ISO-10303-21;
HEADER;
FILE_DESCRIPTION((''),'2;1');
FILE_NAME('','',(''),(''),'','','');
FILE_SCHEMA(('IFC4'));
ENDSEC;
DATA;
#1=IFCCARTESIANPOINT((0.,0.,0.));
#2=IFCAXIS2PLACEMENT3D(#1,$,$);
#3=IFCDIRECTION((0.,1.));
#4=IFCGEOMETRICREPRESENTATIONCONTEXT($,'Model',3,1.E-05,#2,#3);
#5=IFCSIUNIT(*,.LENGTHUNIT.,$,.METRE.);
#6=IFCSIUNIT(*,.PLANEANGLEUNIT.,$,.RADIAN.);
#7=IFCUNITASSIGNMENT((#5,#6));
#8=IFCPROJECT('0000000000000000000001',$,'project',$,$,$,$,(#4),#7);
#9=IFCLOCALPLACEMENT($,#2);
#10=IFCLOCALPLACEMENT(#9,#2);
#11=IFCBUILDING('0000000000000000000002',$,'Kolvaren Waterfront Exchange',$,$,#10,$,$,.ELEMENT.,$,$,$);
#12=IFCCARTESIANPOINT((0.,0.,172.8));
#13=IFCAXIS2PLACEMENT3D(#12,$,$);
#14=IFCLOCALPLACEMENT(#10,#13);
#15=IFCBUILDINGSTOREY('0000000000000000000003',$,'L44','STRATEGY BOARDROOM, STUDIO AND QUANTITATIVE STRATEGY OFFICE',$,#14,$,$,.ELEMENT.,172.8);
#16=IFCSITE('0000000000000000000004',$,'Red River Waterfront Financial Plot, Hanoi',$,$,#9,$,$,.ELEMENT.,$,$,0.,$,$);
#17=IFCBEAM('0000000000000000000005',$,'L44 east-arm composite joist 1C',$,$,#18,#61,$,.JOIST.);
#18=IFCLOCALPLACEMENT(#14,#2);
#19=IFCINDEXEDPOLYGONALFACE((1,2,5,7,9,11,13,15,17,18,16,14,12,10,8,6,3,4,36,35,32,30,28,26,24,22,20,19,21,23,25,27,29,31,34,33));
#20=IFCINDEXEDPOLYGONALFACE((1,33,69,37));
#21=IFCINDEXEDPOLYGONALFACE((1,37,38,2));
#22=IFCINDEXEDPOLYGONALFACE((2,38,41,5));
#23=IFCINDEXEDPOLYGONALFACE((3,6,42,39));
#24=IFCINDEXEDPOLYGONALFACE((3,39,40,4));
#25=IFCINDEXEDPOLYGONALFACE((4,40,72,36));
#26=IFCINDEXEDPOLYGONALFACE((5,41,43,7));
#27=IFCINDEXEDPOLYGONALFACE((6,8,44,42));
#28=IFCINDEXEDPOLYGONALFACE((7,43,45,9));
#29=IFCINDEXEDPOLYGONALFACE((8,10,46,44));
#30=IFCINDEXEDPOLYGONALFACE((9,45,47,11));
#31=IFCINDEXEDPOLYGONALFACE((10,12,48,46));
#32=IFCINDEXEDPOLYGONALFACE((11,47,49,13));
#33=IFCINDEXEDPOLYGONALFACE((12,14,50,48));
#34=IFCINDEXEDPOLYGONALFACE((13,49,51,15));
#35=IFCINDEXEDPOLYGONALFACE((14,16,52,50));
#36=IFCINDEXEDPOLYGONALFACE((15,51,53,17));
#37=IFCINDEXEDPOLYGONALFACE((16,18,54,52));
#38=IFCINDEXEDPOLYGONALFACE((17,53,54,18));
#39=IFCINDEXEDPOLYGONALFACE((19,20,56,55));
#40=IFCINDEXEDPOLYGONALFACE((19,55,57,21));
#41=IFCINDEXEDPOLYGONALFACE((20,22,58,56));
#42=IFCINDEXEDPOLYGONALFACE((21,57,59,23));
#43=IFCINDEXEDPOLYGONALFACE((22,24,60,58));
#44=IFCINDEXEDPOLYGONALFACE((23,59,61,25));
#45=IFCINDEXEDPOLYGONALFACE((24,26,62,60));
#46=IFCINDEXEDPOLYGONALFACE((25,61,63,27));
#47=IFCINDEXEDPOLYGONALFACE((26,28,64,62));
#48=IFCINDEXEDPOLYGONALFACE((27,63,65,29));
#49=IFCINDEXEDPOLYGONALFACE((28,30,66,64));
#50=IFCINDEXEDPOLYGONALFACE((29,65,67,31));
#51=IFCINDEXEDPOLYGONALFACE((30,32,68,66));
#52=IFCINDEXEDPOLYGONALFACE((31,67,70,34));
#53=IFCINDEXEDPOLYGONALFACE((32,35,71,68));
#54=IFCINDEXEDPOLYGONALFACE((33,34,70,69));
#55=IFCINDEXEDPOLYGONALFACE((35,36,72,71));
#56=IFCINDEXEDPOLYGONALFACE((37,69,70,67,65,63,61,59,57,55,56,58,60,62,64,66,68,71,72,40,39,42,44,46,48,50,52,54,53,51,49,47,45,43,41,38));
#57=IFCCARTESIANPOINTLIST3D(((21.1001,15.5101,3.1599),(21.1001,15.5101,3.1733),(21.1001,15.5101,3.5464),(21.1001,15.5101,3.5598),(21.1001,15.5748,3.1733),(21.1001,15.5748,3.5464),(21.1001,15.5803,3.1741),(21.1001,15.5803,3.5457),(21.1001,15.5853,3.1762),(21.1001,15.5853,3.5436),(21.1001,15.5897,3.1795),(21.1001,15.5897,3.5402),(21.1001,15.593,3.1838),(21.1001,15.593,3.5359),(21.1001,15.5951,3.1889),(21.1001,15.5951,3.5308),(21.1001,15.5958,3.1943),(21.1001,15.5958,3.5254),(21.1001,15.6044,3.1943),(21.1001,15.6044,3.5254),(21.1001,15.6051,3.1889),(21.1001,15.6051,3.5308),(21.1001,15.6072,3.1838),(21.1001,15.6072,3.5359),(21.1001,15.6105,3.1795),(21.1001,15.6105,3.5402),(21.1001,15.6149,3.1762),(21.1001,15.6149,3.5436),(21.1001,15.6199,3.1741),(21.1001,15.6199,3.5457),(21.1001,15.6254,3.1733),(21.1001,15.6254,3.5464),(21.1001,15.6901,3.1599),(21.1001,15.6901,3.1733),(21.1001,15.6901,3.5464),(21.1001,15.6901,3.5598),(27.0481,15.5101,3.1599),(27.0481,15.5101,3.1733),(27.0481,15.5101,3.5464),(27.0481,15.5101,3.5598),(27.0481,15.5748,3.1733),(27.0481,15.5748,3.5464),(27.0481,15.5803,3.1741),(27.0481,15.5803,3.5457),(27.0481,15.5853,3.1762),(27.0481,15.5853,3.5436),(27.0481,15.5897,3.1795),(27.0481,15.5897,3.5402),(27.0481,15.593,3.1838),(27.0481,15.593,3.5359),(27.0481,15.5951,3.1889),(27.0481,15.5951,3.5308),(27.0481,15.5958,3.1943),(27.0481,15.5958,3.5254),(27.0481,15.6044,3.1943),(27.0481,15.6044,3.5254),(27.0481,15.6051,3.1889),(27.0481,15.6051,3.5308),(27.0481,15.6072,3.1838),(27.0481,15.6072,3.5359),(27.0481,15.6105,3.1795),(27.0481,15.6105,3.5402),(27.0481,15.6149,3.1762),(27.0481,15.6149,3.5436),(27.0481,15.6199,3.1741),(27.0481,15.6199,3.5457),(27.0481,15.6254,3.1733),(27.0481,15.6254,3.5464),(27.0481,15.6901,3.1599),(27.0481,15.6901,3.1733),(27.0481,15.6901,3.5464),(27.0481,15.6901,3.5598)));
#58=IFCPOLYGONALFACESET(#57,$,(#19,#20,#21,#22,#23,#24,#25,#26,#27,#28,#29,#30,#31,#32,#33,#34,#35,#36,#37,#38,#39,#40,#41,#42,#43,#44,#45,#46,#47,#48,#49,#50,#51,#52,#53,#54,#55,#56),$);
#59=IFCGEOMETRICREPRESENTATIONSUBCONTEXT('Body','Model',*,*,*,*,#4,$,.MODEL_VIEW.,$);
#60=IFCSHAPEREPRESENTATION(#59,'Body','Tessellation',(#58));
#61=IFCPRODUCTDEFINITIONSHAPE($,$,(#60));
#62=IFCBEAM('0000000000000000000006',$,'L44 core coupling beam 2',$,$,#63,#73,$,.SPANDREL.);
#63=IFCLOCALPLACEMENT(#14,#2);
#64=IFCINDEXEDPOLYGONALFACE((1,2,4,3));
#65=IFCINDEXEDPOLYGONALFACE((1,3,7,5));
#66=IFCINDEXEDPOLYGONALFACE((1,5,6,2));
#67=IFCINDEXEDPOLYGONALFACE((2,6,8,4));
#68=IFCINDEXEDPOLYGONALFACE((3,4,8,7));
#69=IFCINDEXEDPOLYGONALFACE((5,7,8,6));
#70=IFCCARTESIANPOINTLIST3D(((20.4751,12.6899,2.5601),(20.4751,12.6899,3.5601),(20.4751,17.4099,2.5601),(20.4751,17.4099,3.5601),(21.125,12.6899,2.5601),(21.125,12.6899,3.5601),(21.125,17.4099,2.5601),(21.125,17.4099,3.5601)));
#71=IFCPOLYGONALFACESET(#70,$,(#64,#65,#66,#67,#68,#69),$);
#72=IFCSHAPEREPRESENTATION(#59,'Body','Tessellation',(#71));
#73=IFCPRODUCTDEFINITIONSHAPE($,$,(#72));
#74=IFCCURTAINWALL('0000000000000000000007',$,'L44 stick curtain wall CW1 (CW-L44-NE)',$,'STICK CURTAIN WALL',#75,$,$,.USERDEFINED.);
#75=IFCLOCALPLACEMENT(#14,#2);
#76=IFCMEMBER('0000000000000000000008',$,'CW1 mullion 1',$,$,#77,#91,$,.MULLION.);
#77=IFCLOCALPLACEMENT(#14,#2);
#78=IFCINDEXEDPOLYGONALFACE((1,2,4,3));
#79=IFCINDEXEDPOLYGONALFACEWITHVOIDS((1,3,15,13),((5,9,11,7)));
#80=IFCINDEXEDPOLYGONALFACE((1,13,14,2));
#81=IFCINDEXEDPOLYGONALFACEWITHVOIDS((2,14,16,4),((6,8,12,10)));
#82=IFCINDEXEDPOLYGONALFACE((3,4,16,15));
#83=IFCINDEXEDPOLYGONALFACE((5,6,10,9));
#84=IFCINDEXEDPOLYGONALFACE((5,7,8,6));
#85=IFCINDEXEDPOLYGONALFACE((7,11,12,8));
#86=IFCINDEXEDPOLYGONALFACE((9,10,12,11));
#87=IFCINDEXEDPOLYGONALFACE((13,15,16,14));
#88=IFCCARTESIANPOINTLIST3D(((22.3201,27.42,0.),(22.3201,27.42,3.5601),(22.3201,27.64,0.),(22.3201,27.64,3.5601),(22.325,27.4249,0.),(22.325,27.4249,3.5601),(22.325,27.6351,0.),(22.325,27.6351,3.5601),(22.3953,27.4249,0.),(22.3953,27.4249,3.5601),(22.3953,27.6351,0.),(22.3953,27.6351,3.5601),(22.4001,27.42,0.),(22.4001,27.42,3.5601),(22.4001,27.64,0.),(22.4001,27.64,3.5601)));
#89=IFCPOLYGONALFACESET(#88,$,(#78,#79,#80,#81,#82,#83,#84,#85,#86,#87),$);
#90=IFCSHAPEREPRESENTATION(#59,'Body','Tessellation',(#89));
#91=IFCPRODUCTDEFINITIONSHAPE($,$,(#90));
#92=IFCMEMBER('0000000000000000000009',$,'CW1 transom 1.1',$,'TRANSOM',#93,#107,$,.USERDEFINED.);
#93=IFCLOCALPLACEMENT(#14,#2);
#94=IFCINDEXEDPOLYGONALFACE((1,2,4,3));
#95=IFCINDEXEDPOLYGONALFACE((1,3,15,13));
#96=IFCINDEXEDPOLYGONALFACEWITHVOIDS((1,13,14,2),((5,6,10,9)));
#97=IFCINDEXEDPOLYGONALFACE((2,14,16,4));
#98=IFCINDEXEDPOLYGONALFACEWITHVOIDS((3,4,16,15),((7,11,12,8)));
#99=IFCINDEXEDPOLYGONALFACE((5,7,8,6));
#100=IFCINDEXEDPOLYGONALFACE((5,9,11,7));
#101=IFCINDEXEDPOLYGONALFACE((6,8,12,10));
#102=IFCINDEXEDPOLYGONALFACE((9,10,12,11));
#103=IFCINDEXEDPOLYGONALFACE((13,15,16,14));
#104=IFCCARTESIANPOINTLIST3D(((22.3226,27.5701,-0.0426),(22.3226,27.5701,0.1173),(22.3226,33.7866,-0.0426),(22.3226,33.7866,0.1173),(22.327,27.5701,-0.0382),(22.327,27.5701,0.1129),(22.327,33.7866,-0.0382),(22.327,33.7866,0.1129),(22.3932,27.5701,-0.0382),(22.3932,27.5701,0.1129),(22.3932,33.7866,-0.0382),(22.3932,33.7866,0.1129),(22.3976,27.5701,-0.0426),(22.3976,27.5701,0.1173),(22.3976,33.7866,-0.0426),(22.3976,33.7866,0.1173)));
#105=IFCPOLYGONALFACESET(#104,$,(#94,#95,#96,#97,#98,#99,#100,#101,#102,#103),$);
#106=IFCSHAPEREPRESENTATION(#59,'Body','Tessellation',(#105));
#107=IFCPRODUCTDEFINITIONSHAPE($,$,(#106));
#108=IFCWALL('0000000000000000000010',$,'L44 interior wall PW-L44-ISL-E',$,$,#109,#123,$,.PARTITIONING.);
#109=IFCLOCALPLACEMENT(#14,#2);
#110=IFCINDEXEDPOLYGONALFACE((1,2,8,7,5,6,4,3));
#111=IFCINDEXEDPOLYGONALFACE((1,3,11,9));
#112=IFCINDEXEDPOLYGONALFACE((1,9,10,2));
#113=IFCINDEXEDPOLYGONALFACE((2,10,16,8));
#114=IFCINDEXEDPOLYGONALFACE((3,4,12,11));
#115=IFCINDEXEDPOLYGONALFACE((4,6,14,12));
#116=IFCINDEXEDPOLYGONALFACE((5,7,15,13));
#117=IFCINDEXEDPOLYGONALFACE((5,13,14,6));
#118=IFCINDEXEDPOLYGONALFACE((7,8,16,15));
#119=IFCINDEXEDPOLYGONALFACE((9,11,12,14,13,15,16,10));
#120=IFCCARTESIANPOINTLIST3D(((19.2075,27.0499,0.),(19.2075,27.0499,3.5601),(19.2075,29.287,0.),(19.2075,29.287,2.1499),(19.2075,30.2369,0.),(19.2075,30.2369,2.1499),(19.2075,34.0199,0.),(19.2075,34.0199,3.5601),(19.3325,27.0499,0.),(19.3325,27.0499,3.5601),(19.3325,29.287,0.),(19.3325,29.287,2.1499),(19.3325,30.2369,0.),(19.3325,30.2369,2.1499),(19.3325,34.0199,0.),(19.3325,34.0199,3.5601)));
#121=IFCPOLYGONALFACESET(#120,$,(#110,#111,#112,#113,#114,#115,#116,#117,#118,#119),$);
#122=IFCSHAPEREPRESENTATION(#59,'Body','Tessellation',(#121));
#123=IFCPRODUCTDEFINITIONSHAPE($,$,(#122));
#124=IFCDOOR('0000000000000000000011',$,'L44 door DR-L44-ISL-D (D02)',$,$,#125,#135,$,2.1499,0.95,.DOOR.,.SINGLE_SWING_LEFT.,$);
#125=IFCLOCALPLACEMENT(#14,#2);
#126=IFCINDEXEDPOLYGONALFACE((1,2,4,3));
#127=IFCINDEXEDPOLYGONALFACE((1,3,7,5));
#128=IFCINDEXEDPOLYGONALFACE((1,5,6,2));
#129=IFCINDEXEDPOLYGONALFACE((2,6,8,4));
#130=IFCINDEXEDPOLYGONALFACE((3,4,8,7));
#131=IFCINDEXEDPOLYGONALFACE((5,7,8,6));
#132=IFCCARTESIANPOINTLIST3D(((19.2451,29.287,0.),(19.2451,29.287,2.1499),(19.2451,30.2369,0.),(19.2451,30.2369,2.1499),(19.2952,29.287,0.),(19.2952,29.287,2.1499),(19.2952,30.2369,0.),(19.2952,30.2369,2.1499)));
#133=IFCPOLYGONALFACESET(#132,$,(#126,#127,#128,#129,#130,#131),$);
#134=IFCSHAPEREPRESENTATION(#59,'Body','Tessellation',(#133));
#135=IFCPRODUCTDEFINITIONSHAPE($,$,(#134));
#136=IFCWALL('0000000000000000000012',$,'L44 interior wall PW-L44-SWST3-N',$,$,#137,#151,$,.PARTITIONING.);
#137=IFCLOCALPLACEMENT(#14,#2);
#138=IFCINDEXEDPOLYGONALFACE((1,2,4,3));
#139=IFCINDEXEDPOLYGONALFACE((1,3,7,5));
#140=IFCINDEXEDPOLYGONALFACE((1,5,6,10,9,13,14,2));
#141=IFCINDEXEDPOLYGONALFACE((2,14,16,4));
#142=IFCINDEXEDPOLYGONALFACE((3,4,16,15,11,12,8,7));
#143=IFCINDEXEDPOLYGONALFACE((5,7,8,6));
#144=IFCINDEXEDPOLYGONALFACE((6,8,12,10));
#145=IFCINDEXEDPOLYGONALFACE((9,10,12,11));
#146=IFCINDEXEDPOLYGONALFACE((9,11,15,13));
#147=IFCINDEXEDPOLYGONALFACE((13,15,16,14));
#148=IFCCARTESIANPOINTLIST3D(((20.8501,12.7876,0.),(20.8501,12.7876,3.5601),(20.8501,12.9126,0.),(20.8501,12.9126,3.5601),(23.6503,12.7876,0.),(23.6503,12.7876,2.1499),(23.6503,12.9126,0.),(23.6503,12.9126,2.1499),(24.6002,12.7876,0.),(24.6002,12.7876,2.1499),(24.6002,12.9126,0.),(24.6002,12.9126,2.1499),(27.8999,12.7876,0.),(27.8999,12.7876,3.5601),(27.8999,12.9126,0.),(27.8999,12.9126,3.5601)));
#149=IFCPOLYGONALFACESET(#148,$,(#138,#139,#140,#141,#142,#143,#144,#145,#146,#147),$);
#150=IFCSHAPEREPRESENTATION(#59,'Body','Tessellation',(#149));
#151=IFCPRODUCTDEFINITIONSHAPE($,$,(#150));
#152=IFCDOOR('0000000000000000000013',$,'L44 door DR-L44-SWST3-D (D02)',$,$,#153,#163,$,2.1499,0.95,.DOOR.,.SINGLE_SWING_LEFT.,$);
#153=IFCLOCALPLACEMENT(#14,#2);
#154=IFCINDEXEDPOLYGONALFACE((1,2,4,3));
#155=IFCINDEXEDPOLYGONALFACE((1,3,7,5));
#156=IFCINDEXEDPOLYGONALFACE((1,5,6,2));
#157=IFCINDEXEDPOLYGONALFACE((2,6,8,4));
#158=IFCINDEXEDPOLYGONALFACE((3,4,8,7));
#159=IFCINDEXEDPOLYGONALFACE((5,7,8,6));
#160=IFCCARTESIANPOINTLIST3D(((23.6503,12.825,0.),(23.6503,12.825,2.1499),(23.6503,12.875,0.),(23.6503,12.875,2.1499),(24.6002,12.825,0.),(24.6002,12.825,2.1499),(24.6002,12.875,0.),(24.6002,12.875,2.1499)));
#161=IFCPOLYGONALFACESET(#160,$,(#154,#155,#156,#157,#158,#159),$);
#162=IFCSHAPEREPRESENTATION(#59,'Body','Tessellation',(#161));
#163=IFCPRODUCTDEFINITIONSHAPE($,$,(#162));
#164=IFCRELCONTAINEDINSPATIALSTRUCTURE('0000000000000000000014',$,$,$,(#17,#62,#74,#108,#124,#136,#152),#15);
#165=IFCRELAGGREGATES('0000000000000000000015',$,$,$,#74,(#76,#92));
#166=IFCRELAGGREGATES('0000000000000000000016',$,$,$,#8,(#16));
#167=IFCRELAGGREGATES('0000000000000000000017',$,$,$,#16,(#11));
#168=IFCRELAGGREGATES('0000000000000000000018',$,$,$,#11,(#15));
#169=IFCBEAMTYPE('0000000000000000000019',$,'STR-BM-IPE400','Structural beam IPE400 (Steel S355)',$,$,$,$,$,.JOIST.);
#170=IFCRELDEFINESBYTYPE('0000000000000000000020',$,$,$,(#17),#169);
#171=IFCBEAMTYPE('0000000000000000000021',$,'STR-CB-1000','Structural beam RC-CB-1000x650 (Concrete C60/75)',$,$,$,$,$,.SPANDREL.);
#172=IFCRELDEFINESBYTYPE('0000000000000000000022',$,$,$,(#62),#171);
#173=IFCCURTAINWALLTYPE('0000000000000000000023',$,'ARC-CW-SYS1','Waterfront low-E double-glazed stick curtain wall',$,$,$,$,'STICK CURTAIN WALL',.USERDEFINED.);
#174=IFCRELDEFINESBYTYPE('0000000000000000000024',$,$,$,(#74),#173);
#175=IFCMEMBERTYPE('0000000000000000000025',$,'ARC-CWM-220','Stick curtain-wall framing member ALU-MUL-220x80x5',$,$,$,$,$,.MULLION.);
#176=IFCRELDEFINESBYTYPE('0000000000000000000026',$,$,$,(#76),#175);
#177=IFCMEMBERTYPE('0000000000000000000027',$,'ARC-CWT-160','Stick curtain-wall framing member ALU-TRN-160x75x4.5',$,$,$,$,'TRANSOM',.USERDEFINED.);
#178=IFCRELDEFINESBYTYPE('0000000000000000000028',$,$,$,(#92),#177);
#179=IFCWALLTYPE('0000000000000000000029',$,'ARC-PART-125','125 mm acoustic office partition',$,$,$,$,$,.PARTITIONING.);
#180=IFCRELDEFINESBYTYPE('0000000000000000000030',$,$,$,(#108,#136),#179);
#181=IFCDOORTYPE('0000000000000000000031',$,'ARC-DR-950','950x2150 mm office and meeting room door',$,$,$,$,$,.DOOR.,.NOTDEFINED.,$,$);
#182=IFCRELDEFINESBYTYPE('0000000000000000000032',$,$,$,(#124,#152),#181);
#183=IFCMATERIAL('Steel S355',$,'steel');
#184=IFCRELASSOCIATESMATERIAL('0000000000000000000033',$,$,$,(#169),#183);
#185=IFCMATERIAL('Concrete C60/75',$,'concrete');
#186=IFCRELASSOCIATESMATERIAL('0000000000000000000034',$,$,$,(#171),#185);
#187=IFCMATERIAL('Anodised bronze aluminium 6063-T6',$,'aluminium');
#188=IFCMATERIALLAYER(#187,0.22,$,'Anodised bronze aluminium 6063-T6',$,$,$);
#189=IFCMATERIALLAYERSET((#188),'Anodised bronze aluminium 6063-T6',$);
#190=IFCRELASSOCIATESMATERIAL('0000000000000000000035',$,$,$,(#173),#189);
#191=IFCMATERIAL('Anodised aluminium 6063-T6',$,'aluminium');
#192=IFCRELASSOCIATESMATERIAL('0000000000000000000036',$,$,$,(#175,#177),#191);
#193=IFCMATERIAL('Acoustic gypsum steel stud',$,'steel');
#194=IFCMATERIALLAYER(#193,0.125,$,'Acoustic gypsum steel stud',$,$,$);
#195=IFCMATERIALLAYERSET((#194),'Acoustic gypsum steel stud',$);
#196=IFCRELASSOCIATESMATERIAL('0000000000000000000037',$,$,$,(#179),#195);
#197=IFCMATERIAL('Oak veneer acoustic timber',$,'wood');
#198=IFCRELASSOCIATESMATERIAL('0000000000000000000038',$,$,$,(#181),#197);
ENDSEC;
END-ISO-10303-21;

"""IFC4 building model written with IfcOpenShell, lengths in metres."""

from ifc_helpers import new_model, si_unit, direction, frame, frame_2d, origin, origin_with_axes, origin_2d, place, context, subcontext, project, spatial, rectangle, hollow_rectangle, i_section, extrude, source, transform, mapped, material, layer, layer_set, material_profile, profile_set, type_object, element, fill, aggregate, save


model = new_model("IFC4")

# Units and contexts
model_context = context("Model", 3, precision=1e-05, world=origin(), true_north=direction((0.0, 1.0)))
body_context = subcontext(model_context, "Body", "Model", "MODEL_VIEW")
ifc_project = project(units=[si_unit("LENGTHUNIT", "METRE"), si_unit("PLANEANGLEUNIT", "RADIAN")], contexts=[model_context])

# Site, building, storey
site_placement = place(None, origin())
site = spatial("IfcSite", under=ifc_project, at=site_placement, Name="Red River Waterfront Financial Plot, Hanoi", CompositionType="ELEMENT", RefElevation=0.0)
building_placement = place(site_placement, origin())
building = spatial("IfcBuilding", under=site, at=building_placement, Name="Kolvaren Waterfront Exchange", CompositionType="ELEMENT")
storey_placement = place(building_placement, frame((0.0, 0.0, 172.8)))
storey = spatial("IfcBuildingStorey", under=building, at=storey_placement, Name="L44", Description="STRATEGY BOARDROOM, STUDIO AND QUANTITATIVE STRATEGY OFFICE", CompositionType="ELEMENT", Elevation=172.8)

# Shared definitions
ifc_material_1 = material(Name="Concrete C60/75", Category="concrete")

# Beams
ifc_material_2 = material(Name="Steel S355", Category="steel")
ifc_material_profile_1 = material_profile(ifc_material_2, i_section(OverallWidth=0.1799, OverallDepth=0.3999, WebThickness=0.0085, FlangeThickness=0.0134, FilletRadius=0.021, at=origin_2d()), Name="IPE400")
ifc_profile_set_1 = profile_set([ifc_material_profile_1], Name="Steel S355")
beam_type_1 = type_object("IfcBeamType", Name="STR-BM-IPE400", Description="Structural beam IPE400 (Steel S355)", PredefinedType="JOIST", material=ifc_profile_set_1)
for number, where, z_axis, x_axis, name in (
    (1, (21.1001, 15.6001, 3.3599), (1.0, 0.0, 0.0), (0.0, 1.0, 0.0), "L44 east-arm composite joist 1C"),
):
    element("IfcBeam", number, at=place(storey_placement, frame(where, z_axis=z_axis, x_axis=x_axis)), inside=storey, type_object=beam_type_1, Name=name, PredefinedType="JOIST", context=body_context, shape_type="SweptSolid", body=[
        extrude(i_section(OverallWidth=0.1799, OverallDepth=0.3999, WebThickness=0.0085, FlangeThickness=0.0134, FilletRadius=0.021, at=origin_2d()), origin(), (0.0, 0.0, 1.0), 5.948),
    ])
ifc_material_profile_2 = material_profile(ifc_material_1, rectangle(XDim=0.6499, YDim=1.0, at=origin_2d()), Name="RC-CB-1000x650")
ifc_profile_set_2 = profile_set([ifc_material_profile_2], Name="Concrete C60/75")
beam_type_2 = type_object("IfcBeamType", Name="STR-CB-1000", Description="Structural beam RC-CB-1000x650 (Concrete C60/75)", PredefinedType="SPANDREL", material=ifc_profile_set_2)
beam_1_placement = place(storey_placement, frame((20.8, 12.6899, 3.0601), z_axis=(0.0, 1.0, 0.0), x_axis=(-1.0, 0.0, 0.0)))
element("IfcBeam", 2, at=beam_1_placement, inside=storey, type_object=beam_type_2, Name="L44 core coupling beam 2", PredefinedType="SPANDREL", context=body_context, shape_type="SweptSolid", body=[
    extrude(rectangle(XDim=0.6499, YDim=1.0, at=origin_2d()), origin(), (0.0, 0.0, 1.0), 4.72),
])

# Curtain wall, members
ifc_material_3 = material(Name="Anodised bronze aluminium 6063-T6", Category="aluminium")
ifc_layer_1 = layer(ifc_material_3, 0.22, Name="Anodised bronze aluminium 6063-T6")
ifc_layer_set_1 = layer_set([ifc_layer_1], Name="Anodised bronze aluminium 6063-T6")
curtain_wall_type = type_object("IfcCurtainWallType", Name="ARC-CW-SYS1", Description="Waterfront low-E double-glazed stick curtain wall", ElementType="STICK CURTAIN WALL", PredefinedType="USERDEFINED", material=ifc_layer_set_1)
curtain_wall_placement = place(storey_placement, origin())
curtain_wall = element("IfcCurtainWall", 3, at=curtain_wall_placement, inside=storey, type_object=curtain_wall_type, Name="L44 stick curtain wall CW1 (CW-L44-NE)", ObjectType="STICK CURTAIN WALL", PredefinedType="USERDEFINED")
ifc_material_4 = material(Name="Anodised aluminium 6063-T6", Category="aluminium")
ifc_material_profile_3 = material_profile(ifc_material_4, hollow_rectangle(XDim=0.0801, YDim=0.22, WallThickness=0.0049, at=origin_2d()), Name="ALU-MUL-220x80x5")
ifc_profile_set_3 = profile_set([ifc_material_profile_3], Name="Anodised aluminium 6063-T6")
member_type_1 = type_object("IfcMemberType", Name="ARC-CWM-220", Description="Stick curtain-wall framing member ALU-MUL-220x80x5", PredefinedType="MULLION", material=ifc_profile_set_3)
shared_shape_1 = source(origin_with_axes(), body_context, "Body", "SweptSolid", [
    extrude(hollow_rectangle(XDim=0.0801, YDim=0.22, WallThickness=0.0049, at=origin_2d()), origin(), (0.0, 0.0, 1.0), 3.5601),
])
member_1_placement = place(storey_placement, frame((22.3601, 27.53, 0.0), z_axis=(0.0, 0.0, 1.0), x_axis=(-1.0, 0.0, 0.0)))
member_1 = element("IfcMember", 4, at=member_1_placement, type_object=member_type_1, Name="CW1 mullion 1", PredefinedType="MULLION", context=body_context, shape_type="MappedRepresentation", body=[
    mapped(shared_shape_1, transform((0.0, 0.0, 0.0), x_axis=(1.0, 0.0, 0.0), y_axis=(0.0, 1.0, 0.0), z_axis=(0.0, 0.0, 1.0), scale=1.0)),
])
ifc_material_profile_4 = material_profile(ifc_material_4, hollow_rectangle(XDim=0.075, YDim=0.1599, WallThickness=0.0044, at=origin_2d()), Name="ALU-TRN-160x75x4.5")
ifc_profile_set_4 = profile_set([ifc_material_profile_4], Name="Anodised aluminium 6063-T6")
member_type_2 = type_object("IfcMemberType", Name="ARC-CWT-160", Description="Stick curtain-wall framing member ALU-TRN-160x75x4.5", ElementType="TRANSOM", PredefinedType="USERDEFINED", material=ifc_profile_set_4)
shared_shape_2 = source(origin_with_axes(), body_context, "Body", "SweptSolid", [
    extrude(hollow_rectangle(XDim=0.075, YDim=0.1599, WallThickness=0.0044, at=origin_2d()), origin(), (0.0, 0.0, 1.0), 6.2166),
])
member_2_placement = place(storey_placement, frame((22.3601, 27.5701, 0.0374), z_axis=(0.0, 1.0, 0.0), x_axis=(-1.0, 0.0, 0.0)))
member_2 = element("IfcMember", 5, at=member_2_placement, type_object=member_type_2, Name="CW1 transom 1.1", ObjectType="TRANSOM", PredefinedType="USERDEFINED", context=body_context, shape_type="MappedRepresentation", body=[
    mapped(shared_shape_2, transform((0.0, 0.0, 0.0), x_axis=(1.0, 0.0, 0.0), y_axis=(0.0, 1.0, 0.0), z_axis=(0.0, 0.0, 1.0), scale=1.0)),
])
aggregate(curtain_wall, [member_1, member_2])

# Walls, openings, doors
ifc_material_5 = material(Name="Acoustic gypsum steel stud", Category="steel")
ifc_layer_2 = layer(ifc_material_5, 0.125, Name="Acoustic gypsum steel stud")
ifc_layer_set_2 = layer_set([ifc_layer_2], Name="Acoustic gypsum steel stud")
wall_type_1 = type_object("IfcWallType", Name="ARC-PART-125", Description="125 mm acoustic office partition", PredefinedType="PARTITIONING", material=ifc_layer_set_2)
wall_1_placement = place(storey_placement, frame((19.27, 27.05, 0.0), z_axis=(0.0, 0.0, 1.0), x_axis=(0.0, 1.0, 0.0)))
wall_1 = element("IfcWall", 6, at=wall_1_placement, inside=storey, type_object=wall_type_1, Name="L44 interior wall PW-L44-ISL-E", PredefinedType="PARTITIONING", context=body_context, shape_type="SweptSolid", body=[
    extrude(rectangle(XDim=6.97, YDim=0.125, at=frame_2d((3.4849, 0.0))), origin(), (0.0, 0.0, 1.0), 3.5601),
])
opening_1_placement = place(wall_1_placement, frame((2.2368, 0.0, 0.0)))
opening_1 = element("IfcOpeningElement", 7, at=opening_1_placement, cuts=wall_1, PredefinedType="OPENING", context=body_context, shape_type="SweptSolid", body=[
    extrude(rectangle(XDim=0.95, YDim=2.1499, at=frame_2d((0.4751, 1.075))), frame((0.0, 0.0725, 0.0), z_axis=(0.0, -1.0, 0.0), x_axis=(1.0, 0.0, 0.0)), (0.0, 0.0, 1.0), 0.145),
])
ifc_material_6 = material(Name="Oak veneer acoustic timber", Category="wood")
door_type_1 = type_object("IfcDoorType", Name="ARC-DR-950", Description="950x2150 mm office and meeting room door", OperationType="NOTDEFINED", PredefinedType="DOOR", material=ifc_material_6)
door_1_placement = place(opening_1_placement, origin())
door_1 = element("IfcDoor", 8, at=door_1_placement, inside=storey, type_object=door_type_1, Name="L44 door DR-L44-ISL-D (D02)", OperationType="SINGLE_SWING_LEFT", OverallHeight=2.1499, OverallWidth=0.95, PredefinedType="DOOR", context=body_context, shape_type="SweptSolid", body=[
    extrude(rectangle(XDim=0.95, YDim=2.1499, at=frame_2d((0.4751, 1.075))), frame((0.0, 0.0249, 0.0), z_axis=(0.0, -1.0, 0.0), x_axis=(1.0, 0.0, 0.0)), (0.0, 0.0, 1.0), 0.05),
])
fill(opening_1, door_1)
wall_2_placement = place(storey_placement, frame((20.8501, 12.8501, 0.0), z_axis=(0.0, 0.0, 1.0), x_axis=(1.0, 0.0, 0.0)))
wall_2 = element("IfcWall", 9, at=wall_2_placement, inside=storey, type_object=wall_type_1, Name="L44 interior wall PW-L44-SWST3-N", PredefinedType="PARTITIONING", context=body_context, shape_type="SweptSolid", body=[
    extrude(rectangle(XDim=7.0498, YDim=0.125, at=frame_2d((3.5249, 0.0))), origin(), (0.0, 0.0, 1.0), 3.5601),
])
opening_2_placement = place(wall_2_placement, frame((2.8, 0.0, 0.0)))
opening_2 = element("IfcOpeningElement", 10, at=opening_2_placement, cuts=wall_2, PredefinedType="OPENING", context=body_context, shape_type="SweptSolid", body=[
    extrude(rectangle(XDim=0.95, YDim=2.1499, at=frame_2d((0.4751, 1.075))), frame((0.0, 0.0725, 0.0), z_axis=(0.0, -1.0, 0.0), x_axis=(1.0, 0.0, 0.0)), (0.0, 0.0, 1.0), 0.145),
])
door_2_placement = place(opening_2_placement, origin())
door_2 = element("IfcDoor", 11, at=door_2_placement, inside=storey, type_object=door_type_1, Name="L44 door DR-L44-SWST3-D (D02)", OperationType="SINGLE_SWING_LEFT", OverallHeight=2.1499, OverallWidth=0.95, PredefinedType="DOOR", context=body_context, shape_type="SweptSolid", body=[
    extrude(rectangle(XDim=0.95, YDim=2.1499, at=frame_2d((0.4751, 1.075))), frame((0.0, 0.0249, 0.0), z_axis=(0.0, -1.0, 0.0), x_axis=(1.0, 0.0, 0.0)), (0.0, 0.0, 1.0), 0.05),
])
fill(opening_2, door_2)

save(model, "model.ifc")
